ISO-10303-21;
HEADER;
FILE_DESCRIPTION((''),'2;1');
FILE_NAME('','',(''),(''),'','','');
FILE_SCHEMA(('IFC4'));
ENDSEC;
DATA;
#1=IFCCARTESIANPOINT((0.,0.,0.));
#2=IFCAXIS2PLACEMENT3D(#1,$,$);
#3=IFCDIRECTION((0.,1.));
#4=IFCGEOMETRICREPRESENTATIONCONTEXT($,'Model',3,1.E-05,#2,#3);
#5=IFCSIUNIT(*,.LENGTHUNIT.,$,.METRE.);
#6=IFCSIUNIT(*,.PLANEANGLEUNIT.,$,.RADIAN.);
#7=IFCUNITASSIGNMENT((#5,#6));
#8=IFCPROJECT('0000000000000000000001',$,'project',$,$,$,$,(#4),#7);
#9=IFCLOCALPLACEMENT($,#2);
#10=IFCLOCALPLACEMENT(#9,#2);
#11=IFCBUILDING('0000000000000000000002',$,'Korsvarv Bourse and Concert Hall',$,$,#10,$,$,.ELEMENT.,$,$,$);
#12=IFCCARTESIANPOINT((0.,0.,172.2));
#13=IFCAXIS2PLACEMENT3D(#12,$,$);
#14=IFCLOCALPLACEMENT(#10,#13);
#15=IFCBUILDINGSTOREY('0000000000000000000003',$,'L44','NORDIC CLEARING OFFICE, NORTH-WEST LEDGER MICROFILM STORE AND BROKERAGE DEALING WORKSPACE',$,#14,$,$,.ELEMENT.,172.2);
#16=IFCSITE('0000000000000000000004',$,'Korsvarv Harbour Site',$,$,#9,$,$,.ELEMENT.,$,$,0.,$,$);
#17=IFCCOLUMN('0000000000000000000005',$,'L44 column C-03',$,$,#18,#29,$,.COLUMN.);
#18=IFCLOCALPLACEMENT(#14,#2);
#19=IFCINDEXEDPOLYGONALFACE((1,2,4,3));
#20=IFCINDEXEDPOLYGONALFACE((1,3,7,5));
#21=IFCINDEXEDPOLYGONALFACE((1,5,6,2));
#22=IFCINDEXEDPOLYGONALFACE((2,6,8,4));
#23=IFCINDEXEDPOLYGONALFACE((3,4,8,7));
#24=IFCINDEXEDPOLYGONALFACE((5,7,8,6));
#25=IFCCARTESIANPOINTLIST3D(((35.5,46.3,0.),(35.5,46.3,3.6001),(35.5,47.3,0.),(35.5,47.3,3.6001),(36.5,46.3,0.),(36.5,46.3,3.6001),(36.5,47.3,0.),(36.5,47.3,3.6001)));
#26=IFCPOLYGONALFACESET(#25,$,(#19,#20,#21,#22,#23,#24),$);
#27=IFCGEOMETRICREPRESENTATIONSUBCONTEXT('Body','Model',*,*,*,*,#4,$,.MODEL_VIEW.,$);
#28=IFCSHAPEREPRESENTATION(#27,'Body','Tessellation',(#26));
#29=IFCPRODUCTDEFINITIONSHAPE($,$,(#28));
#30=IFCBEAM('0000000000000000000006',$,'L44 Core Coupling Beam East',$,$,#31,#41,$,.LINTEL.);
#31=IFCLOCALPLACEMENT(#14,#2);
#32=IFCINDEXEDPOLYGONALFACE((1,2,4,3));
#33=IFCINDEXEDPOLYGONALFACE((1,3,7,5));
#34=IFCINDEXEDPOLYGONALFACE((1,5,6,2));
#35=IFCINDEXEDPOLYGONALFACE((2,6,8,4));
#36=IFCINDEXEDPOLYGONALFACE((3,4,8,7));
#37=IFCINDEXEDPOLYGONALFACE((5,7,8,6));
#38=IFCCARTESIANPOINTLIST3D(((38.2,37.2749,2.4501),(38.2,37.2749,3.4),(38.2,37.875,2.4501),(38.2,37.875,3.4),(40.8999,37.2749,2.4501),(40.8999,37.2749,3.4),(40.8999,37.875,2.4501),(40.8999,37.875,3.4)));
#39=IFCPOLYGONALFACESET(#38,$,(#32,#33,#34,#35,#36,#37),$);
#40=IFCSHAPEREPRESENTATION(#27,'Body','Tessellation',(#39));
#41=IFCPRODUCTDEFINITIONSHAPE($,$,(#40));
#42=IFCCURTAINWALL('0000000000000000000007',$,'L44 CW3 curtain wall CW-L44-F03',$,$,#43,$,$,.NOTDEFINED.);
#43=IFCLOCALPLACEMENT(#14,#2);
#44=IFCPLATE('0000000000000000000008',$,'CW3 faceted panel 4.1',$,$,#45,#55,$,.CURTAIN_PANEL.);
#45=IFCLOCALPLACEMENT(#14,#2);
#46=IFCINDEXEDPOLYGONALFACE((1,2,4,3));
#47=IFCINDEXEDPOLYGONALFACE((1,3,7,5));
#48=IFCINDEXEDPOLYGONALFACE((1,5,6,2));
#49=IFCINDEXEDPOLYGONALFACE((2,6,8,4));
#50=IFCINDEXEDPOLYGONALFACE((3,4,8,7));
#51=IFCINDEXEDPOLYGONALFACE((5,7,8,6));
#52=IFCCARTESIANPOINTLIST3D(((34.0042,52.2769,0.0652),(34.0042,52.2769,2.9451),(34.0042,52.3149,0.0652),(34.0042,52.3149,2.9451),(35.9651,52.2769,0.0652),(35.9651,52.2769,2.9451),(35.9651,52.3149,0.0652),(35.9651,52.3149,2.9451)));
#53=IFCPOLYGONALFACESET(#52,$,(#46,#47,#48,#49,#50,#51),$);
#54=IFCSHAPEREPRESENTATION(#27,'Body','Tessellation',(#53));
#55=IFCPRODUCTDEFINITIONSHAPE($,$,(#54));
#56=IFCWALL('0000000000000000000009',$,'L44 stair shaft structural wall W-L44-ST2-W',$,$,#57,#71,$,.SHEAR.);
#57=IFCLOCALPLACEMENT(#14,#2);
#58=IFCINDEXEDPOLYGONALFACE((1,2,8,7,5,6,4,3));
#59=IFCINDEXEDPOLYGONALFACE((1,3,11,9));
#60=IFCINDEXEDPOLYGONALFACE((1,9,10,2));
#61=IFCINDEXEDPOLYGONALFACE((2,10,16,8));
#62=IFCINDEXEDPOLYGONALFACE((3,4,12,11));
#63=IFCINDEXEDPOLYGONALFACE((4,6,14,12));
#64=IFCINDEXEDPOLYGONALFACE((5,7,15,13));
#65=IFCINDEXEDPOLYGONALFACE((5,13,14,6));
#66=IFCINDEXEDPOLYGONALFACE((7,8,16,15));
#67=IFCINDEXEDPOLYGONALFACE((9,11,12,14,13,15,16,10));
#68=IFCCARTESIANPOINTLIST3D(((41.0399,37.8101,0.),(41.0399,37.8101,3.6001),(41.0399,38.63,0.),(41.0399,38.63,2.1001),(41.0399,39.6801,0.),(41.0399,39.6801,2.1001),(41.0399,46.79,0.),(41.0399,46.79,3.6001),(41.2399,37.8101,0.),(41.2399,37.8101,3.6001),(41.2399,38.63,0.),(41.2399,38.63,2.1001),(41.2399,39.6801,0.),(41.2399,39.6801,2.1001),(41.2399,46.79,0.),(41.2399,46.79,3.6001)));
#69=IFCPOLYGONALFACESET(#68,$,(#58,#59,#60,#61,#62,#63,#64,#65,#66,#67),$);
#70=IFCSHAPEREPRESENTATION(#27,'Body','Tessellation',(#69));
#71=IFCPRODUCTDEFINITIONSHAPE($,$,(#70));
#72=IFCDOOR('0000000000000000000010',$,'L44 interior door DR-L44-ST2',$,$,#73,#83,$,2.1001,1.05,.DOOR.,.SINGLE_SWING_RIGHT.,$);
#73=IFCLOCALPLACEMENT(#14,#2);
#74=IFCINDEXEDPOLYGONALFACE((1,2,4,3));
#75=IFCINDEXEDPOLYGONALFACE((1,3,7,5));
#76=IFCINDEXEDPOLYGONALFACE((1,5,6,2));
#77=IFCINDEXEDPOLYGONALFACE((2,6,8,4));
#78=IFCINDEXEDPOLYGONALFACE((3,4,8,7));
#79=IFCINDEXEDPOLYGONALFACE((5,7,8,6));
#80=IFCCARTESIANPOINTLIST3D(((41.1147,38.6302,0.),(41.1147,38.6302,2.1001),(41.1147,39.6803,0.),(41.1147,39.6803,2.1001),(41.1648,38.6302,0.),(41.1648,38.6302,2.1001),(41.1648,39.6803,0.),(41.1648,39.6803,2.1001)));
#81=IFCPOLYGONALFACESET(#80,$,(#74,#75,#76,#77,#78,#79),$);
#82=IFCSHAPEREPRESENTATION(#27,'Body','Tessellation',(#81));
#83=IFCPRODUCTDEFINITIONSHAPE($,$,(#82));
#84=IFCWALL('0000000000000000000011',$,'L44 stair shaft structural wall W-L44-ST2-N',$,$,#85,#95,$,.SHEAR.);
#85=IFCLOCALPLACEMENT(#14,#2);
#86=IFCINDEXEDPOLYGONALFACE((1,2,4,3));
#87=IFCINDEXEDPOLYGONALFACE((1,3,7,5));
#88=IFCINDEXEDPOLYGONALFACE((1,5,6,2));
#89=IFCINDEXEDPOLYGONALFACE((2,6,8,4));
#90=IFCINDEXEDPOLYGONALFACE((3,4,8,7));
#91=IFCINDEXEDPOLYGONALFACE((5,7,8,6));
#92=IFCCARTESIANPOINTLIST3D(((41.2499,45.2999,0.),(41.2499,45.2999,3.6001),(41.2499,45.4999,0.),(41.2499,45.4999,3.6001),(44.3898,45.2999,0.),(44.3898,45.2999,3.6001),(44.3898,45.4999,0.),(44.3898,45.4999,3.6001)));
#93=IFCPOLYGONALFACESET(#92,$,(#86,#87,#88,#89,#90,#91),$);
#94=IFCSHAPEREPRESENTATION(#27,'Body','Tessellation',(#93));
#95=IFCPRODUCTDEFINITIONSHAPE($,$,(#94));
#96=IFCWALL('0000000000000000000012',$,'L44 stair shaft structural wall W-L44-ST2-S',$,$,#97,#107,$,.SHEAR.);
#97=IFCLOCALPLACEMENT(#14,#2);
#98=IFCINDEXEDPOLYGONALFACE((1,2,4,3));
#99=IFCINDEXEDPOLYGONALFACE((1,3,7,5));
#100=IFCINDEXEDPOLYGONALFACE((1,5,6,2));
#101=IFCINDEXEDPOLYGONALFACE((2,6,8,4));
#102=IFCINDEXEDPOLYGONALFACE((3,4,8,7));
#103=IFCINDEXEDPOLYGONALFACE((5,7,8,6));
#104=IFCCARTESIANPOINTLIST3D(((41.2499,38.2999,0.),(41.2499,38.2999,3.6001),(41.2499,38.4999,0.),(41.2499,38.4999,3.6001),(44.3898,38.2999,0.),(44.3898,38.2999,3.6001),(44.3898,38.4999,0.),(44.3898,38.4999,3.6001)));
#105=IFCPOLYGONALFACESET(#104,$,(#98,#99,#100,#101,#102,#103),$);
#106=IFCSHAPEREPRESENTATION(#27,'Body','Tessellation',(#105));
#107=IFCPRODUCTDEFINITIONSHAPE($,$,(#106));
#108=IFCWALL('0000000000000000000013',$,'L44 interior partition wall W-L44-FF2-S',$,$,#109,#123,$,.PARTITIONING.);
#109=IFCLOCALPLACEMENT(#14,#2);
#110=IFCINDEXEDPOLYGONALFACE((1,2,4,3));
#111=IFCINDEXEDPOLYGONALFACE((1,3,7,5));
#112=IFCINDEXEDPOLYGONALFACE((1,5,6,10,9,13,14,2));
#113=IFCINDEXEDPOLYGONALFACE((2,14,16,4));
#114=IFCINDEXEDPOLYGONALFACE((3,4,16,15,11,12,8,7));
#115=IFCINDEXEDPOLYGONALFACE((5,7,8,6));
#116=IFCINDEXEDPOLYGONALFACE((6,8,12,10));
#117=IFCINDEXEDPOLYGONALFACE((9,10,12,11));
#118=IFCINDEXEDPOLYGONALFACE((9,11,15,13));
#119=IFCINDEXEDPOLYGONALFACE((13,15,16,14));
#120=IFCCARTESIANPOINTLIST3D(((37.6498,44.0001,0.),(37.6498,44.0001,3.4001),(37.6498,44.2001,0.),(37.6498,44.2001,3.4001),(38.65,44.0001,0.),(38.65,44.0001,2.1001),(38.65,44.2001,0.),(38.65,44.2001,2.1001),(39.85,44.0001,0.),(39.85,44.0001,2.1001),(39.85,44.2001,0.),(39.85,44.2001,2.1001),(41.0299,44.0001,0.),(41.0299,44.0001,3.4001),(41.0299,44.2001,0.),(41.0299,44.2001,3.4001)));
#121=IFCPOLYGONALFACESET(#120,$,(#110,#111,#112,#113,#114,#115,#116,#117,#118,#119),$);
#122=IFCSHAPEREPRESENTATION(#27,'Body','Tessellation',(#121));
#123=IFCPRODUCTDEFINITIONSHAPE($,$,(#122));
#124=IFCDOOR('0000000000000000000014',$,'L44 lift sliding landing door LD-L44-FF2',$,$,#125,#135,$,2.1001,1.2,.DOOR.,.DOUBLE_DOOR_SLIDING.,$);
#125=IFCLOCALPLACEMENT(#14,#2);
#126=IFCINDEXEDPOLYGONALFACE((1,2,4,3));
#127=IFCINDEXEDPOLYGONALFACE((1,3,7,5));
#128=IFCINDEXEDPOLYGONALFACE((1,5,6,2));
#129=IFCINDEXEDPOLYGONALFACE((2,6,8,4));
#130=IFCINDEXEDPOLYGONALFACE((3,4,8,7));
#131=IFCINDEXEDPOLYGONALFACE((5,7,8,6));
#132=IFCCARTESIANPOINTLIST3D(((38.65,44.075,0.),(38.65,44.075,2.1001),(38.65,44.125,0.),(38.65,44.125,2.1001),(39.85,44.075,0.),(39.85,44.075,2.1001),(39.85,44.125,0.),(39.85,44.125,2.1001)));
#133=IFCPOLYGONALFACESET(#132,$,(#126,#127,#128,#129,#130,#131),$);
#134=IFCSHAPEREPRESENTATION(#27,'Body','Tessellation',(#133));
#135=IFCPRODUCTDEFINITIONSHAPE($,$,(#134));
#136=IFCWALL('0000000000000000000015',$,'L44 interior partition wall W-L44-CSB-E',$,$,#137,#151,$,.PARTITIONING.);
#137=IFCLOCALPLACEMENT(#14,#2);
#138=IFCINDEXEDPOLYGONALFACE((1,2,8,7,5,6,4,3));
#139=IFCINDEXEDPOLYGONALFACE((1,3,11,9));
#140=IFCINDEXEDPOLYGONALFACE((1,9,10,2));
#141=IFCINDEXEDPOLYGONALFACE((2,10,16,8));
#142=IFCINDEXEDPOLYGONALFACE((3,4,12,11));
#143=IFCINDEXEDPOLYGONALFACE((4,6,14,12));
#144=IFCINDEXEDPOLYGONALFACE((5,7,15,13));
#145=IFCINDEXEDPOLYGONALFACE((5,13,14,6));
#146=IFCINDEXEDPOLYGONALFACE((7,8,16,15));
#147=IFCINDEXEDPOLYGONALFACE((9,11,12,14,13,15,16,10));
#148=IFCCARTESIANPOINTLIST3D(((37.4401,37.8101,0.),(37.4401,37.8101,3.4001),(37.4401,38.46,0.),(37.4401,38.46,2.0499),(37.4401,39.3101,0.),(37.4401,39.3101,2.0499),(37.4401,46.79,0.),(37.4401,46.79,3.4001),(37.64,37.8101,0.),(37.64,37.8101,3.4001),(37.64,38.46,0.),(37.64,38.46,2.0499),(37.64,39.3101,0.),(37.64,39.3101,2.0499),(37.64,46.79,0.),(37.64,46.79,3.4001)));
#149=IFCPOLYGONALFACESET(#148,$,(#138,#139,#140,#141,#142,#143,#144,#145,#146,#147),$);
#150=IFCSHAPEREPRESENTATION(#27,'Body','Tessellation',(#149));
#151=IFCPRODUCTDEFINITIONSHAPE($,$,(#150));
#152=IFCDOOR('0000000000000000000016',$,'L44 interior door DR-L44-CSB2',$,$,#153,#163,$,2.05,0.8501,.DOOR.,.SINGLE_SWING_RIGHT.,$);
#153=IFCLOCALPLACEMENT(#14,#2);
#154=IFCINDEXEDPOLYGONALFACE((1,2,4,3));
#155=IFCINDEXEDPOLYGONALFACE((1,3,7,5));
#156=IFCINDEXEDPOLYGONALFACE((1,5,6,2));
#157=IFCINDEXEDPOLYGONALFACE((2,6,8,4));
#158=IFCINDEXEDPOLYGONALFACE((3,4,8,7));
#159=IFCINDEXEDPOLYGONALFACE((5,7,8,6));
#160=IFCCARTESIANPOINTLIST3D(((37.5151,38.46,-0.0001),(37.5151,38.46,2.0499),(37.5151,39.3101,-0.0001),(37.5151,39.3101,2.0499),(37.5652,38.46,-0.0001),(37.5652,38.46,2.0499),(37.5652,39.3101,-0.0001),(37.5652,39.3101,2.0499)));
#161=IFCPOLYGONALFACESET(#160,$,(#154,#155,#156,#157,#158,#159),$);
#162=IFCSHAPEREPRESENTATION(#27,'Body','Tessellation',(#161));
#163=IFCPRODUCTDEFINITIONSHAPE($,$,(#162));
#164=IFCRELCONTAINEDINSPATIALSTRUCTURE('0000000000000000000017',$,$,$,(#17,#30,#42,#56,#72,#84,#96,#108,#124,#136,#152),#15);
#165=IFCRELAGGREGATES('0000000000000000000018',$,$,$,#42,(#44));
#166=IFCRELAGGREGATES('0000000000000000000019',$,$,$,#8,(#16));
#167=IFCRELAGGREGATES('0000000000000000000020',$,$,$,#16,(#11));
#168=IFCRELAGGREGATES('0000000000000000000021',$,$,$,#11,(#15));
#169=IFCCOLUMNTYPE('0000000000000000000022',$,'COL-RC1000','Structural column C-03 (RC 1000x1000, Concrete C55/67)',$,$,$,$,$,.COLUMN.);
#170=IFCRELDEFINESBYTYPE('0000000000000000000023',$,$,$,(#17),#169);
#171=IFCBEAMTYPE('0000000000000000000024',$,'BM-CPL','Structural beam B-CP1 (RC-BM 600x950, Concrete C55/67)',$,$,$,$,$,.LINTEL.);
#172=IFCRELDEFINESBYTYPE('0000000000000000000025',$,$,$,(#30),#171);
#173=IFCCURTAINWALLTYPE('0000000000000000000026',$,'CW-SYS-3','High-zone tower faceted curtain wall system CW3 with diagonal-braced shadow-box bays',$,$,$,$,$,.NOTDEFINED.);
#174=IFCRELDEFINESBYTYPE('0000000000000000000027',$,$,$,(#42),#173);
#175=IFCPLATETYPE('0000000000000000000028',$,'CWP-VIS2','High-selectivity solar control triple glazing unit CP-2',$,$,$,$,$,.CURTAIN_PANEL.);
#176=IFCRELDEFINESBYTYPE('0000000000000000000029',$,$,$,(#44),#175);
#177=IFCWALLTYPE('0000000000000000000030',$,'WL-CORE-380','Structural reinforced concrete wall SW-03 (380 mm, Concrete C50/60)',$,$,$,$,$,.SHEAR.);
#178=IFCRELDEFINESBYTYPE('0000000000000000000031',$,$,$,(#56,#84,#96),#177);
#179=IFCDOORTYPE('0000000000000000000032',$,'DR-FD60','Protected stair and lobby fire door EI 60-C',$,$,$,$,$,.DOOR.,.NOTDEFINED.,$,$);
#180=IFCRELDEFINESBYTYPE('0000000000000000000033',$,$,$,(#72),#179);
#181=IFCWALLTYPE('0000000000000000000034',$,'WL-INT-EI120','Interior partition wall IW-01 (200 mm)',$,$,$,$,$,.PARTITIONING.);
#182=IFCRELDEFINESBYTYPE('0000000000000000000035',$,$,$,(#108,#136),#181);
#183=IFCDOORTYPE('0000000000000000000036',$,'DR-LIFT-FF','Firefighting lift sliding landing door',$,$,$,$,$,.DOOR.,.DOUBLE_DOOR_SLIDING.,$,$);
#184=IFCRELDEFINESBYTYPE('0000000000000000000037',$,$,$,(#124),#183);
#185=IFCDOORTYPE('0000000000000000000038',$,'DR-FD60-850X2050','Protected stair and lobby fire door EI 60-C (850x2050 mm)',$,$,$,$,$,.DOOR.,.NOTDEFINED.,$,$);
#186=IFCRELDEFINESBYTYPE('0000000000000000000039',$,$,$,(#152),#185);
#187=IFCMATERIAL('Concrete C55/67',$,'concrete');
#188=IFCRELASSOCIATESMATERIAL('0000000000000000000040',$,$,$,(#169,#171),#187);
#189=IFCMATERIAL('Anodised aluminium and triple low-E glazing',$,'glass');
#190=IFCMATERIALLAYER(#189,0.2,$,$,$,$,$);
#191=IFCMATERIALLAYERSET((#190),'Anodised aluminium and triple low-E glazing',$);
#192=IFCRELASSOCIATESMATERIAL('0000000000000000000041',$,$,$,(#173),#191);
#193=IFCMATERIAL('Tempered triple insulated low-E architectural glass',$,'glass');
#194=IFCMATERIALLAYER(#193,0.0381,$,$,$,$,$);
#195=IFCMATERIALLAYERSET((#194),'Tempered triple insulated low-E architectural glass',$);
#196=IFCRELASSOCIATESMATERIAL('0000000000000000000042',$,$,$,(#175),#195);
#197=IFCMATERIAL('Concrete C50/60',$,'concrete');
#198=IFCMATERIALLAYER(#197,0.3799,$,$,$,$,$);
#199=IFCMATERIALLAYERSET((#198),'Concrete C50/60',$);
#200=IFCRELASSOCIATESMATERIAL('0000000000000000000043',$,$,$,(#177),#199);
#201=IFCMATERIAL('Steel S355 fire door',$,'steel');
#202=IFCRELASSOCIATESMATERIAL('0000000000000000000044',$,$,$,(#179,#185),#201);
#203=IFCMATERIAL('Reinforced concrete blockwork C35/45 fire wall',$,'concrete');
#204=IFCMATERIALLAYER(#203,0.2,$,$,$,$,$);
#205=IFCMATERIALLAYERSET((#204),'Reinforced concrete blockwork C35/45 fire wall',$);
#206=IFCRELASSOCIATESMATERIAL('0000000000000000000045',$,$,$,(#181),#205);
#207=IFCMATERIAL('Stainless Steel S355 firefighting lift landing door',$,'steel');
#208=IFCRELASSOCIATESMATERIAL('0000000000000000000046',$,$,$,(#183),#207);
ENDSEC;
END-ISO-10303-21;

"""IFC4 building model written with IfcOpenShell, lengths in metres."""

from ifc_helpers import new_model, si_unit, direction, frame, frame_2d, origin, origin_2d, place, context, subcontext, project, spatial, rectangle, extrude, source, transform, mapped, material, layer, layer_set, material_profile, profile_set, type_object, element, fill, aggregate, save


model = new_model("IFC4")

# Units and contexts
model_context = context("Model", 3, precision=1e-05, world=origin(), true_north=direction((0.0, 1.0)))
body_context = subcontext(model_context, "Body", "Model", "MODEL_VIEW")
ifc_project = project(units=[si_unit("LENGTHUNIT", "METRE"), si_unit("PLANEANGLEUNIT", "RADIAN")], contexts=[model_context])

# Site, building, storey
site_placement = place(None, origin())
site = spatial("IfcSite", under=ifc_project, at=site_placement, Name="Korsvarv Harbour Site", CompositionType="ELEMENT", RefElevation=0.0)
building_placement = place(site_placement, origin())
building = spatial("IfcBuilding", under=site, at=building_placement, Name="Korsvarv Bourse and Concert Hall", CompositionType="ELEMENT")
storey_placement = place(building_placement, frame((0.0, 0.0, 172.2)))
storey = spatial("IfcBuildingStorey", under=building, at=storey_placement, Name="L44", Description="NORDIC CLEARING OFFICE, NORTH-WEST LEDGER MICROFILM STORE AND BROKERAGE DEALING WORKSPACE", CompositionType="ELEMENT", Elevation=172.2)

# Column
ifc_material_1 = material(Name="Concrete C55/67", Category="concrete")
ifc_material_profile_1 = material_profile(ifc_material_1, rectangle(XDim=1.0, YDim=1.0, at=origin_2d()), Name="RC 1000x1000")
ifc_profile_set_1 = profile_set([ifc_material_profile_1], Name="Concrete C55/67")
column_type = type_object("IfcColumnType", Name="COL-RC1000", Description="Structural column C-03 (RC 1000x1000, Concrete C55/67)", PredefinedType="COLUMN", material=ifc_profile_set_1)
shared_shape_1 = source(origin(), body_context, "Body", "SweptSolid", [
    extrude(rectangle(XDim=1.0, YDim=1.0, at=origin_2d()), origin(), (0.0, 0.0, 1.0), 3.6001),
])
column_placement = place(storey_placement, frame((36.0, 46.8, 0.0), z_axis=(0.0, 0.0, 1.0), x_axis=(1.0, 0.0, 0.0)))
element("IfcColumn", 1, at=column_placement, inside=storey, type_object=column_type, Name="L44 column C-03", PredefinedType="COLUMN", context=body_context, shape_type="MappedRepresentation", body=[
    mapped(shared_shape_1, transform((0.0, 0.0, 0.0), scale=1.0)),
])

# Beam
ifc_material_profile_2 = material_profile(ifc_material_1, rectangle(XDim=0.6001, YDim=0.95, at=origin_2d()), Name="RC-BM 600x950")
ifc_profile_set_2 = profile_set([ifc_material_profile_2], Name="Concrete C55/67")
beam_type = type_object("IfcBeamType", Name="BM-CPL", Description="Structural beam B-CP1 (RC-BM 600x950, Concrete C55/67)", PredefinedType="LINTEL", material=ifc_profile_set_2)
shared_shape_2 = source(origin(), body_context, "Body", "SweptSolid", [
    extrude(rectangle(XDim=0.6001, YDim=0.95, at=origin_2d()), origin(), (0.0, 0.0, 1.0), 2.7),
])
beam_placement = place(storey_placement, frame((38.2, 37.575, 2.925), z_axis=(1.0, 0.0, 0.0), x_axis=(0.0, 1.0, 0.0)))
element("IfcBeam", 2, at=beam_placement, inside=storey, type_object=beam_type, Name="L44 Core Coupling Beam East", PredefinedType="LINTEL", context=body_context, shape_type="MappedRepresentation", body=[
    mapped(shared_shape_2, transform((0.0, 0.0, 0.0), scale=1.0)),
])

# Curtain wall, plate
ifc_material_2 = material(Name="Anodised aluminium and triple low-E glazing", Category="glass")
ifc_layer_1 = layer(ifc_material_2, 0.2)
ifc_layer_set_1 = layer_set([ifc_layer_1], Name="Anodised aluminium and triple low-E glazing")
curtain_wall_type = type_object("IfcCurtainWallType", Name="CW-SYS-3", Description="High-zone tower faceted curtain wall system CW3 with diagonal-braced shadow-box bays", PredefinedType="NOTDEFINED", material=ifc_layer_set_1)
curtain_wall_placement = place(storey_placement, origin())
curtain_wall = element("IfcCurtainWall", 3, at=curtain_wall_placement, inside=storey, type_object=curtain_wall_type, Name="L44 CW3 curtain wall CW-L44-F03", PredefinedType="NOTDEFINED")
ifc_material_3 = material(Name="Tempered triple insulated low-E architectural glass", Category="glass")
ifc_layer_2 = layer(ifc_material_3, 0.0381)
ifc_layer_set_2 = layer_set([ifc_layer_2], Name="Tempered triple insulated low-E architectural glass")
plate_type = type_object("IfcPlateType", Name="CWP-VIS2", Description="High-selectivity solar control triple glazing unit CP-2", PredefinedType="CURTAIN_PANEL", material=ifc_layer_set_2)
shared_shape_3 = source(origin(), body_context, "Body", "SweptSolid", [
    extrude(rectangle(XDim=1.9609, YDim=0.0381, at=origin_2d()), origin(), (0.0, 0.0, 1.0), 2.8799),
])
plate_placement = place(storey_placement, frame((34.9846, 52.2959, 0.0652), z_axis=(0.0, 0.0, 1.0), x_axis=(-1.0, 0.0, 0.0)))
plate = element("IfcPlate", 4, at=plate_placement, type_object=plate_type, Name="CW3 faceted panel 4.1", PredefinedType="CURTAIN_PANEL", context=body_context, shape_type="MappedRepresentation", body=[
    mapped(shared_shape_3, transform((0.0, 0.0, 0.0), scale=1.0)),
])
aggregate(curtain_wall, [plate])

# Wall, opening, door
ifc_material_4 = material(Name="Concrete C50/60", Category="concrete")
ifc_layer_3 = layer(ifc_material_4, 0.3799)
ifc_layer_set_3 = layer_set([ifc_layer_3], Name="Concrete C50/60")
wall_type_1 = type_object("IfcWallType", Name="WL-CORE-380", Description="Structural reinforced concrete wall SW-03 (380 mm, Concrete C50/60)", PredefinedType="SHEAR", material=ifc_layer_set_3)
wall_1_placement = place(storey_placement, frame((41.1399, 37.8101, 0.0), z_axis=(0.0, 0.0, 1.0), x_axis=(0.0, 1.0, 0.0)))
wall_1 = element("IfcWall", 5, at=wall_1_placement, inside=storey, type_object=wall_type_1, Name="L44 stair shaft structural wall W-L44-ST2-W", PredefinedType="SHEAR", context=body_context, shape_type="SweptSolid", body=[
    extrude(rectangle(XDim=8.98, YDim=0.2, at=frame_2d((4.49, 0.0))), origin(), (0.0, 0.0, 1.0), 3.6001),
])
opening_1_placement = place(wall_1_placement, frame((0.8201, 0.0, 0.0)))
opening_1 = element("IfcOpeningElement", 6, at=opening_1_placement, cuts=wall_1, PredefinedType="OPENING", context=body_context, shape_type="SweptSolid", body=[
    extrude(rectangle(XDim=1.05, YDim=2.1001, at=frame_2d((0.5249, 1.05))), frame((0.0, 0.1099, 0.0), z_axis=(0.0, -1.0, 0.0), x_axis=(1.0, 0.0, 0.0)), (0.0, 0.0, 1.0), 0.22),
])
ifc_material_5 = material(Name="Steel S355 fire door", Category="steel")
door_type_1 = type_object("IfcDoorType", Name="DR-FD60", Description="Protected stair and lobby fire door EI 60-C", OperationType="NOTDEFINED", PredefinedType="DOOR", material=ifc_material_5)
door_1_placement = place(opening_1_placement, frame((1.05, 0.0, 0.0), z_axis=(0.0, 0.0, 1.0), x_axis=(-1.0, 0.0, 0.0)))
door_1 = element("IfcDoor", 7, at=door_1_placement, inside=storey, type_object=door_type_1, Name="L44 interior door DR-L44-ST2", OperationType="SINGLE_SWING_RIGHT", OverallHeight=2.1001, OverallWidth=1.05, PredefinedType="DOOR", context=body_context, shape_type="SweptSolid", body=[
    extrude(rectangle(XDim=1.05, YDim=2.1001, at=frame_2d((0.5249, 1.05))), frame((0.0, 0.0249, 0.0), z_axis=(0.0, -1.0, 0.0), x_axis=(1.0, 0.0, 0.0)), (0.0, 0.0, 1.0), 0.05),
])
fill(opening_1, door_1)

# Walls
for number, where, z_axis, x_axis, name in (
    (8, (41.25, 45.3999, 0.0), (0.0, 0.0, 1.0), (1.0, 0.0, 0.0), "L44 stair shaft structural wall W-L44-ST2-N"),
    (9, (41.25, 38.3999, 0.0), (0.0, 0.0, 1.0), (1.0, 0.0, 0.0), "L44 stair shaft structural wall W-L44-ST2-S"),
):
    element("IfcWall", number, at=place(storey_placement, frame(where, z_axis=z_axis, x_axis=x_axis)), inside=storey, type_object=wall_type_1, Name=name, PredefinedType="SHEAR", context=body_context, shape_type="SweptSolid", body=[
        extrude(rectangle(XDim=3.1399, YDim=0.2, at=frame_2d((1.5698, 0.0))), origin(), (0.0, 0.0, 1.0), 3.6001),
    ])

# Walls, openings, doors
ifc_material_6 = material(Name="Reinforced concrete blockwork C35/45 fire wall", Category="concrete")
ifc_layer_4 = layer(ifc_material_6, 0.2)
ifc_layer_set_4 = layer_set([ifc_layer_4], Name="Reinforced concrete blockwork C35/45 fire wall")
wall_type_2 = type_object("IfcWallType", Name="WL-INT-EI120", Description="Interior partition wall IW-01 (200 mm)", PredefinedType="PARTITIONING", material=ifc_layer_set_4)
wall_2_placement = place(storey_placement, frame((37.6499, 44.1001, 0.0), z_axis=(0.0, 0.0, 1.0), x_axis=(1.0, 0.0, 0.0)))
wall_2 = element("IfcWall", 10, at=wall_2_placement, inside=storey, type_object=wall_type_2, Name="L44 interior partition wall W-L44-FF2-S", PredefinedType="PARTITIONING", context=body_context, shape_type="SweptSolid", body=[
    extrude(rectangle(XDim=3.3801, YDim=0.2, at=frame_2d((1.6899, 0.0))), origin(), (0.0, 0.0, 1.0), 3.4001),
])
opening_2_placement = place(wall_2_placement, frame((1.0, 0.0, 0.0)))
opening_2 = element("IfcOpeningElement", 11, at=opening_2_placement, cuts=wall_2, PredefinedType="OPENING", context=body_context, shape_type="SweptSolid", body=[
    extrude(rectangle(XDim=1.2, YDim=2.1001, at=frame_2d((0.6001, 1.05))), frame((0.0, 0.1099, 0.0), z_axis=(0.0, -1.0, 0.0), x_axis=(1.0, 0.0, 0.0)), (0.0, 0.0, 1.0), 0.22),
])
ifc_material_7 = material(Name="Stainless Steel S355 firefighting lift landing door", Category="steel")
door_type_2 = type_object("IfcDoorType", Name="DR-LIFT-FF", Description="Firefighting lift sliding landing door", OperationType="DOUBLE_DOOR_SLIDING", PredefinedType="DOOR", material=ifc_material_7)
door_2_placement = place(opening_2_placement, origin())
door_2 = element("IfcDoor", 12, at=door_2_placement, inside=storey, type_object=door_type_2, Name="L44 lift sliding landing door LD-L44-FF2", OperationType="DOUBLE_DOOR_SLIDING", OverallHeight=2.1001, OverallWidth=1.2, PredefinedType="DOOR", context=body_context, shape_type="SweptSolid", body=[
    extrude(rectangle(XDim=1.2, YDim=2.1001, at=frame_2d((0.6001, 1.05))), frame((0.0, 0.0249, 0.0), z_axis=(0.0, -1.0, 0.0), x_axis=(1.0, 0.0, 0.0)), (0.0, 0.0, 1.0), 0.05),
])
fill(opening_2, door_2)
wall_3_placement = place(storey_placement, frame((37.54, 37.8101, 0.0), z_axis=(0.0, 0.0, 1.0), x_axis=(0.0, 1.0, 0.0)))
wall_3 = element("IfcWall", 13, at=wall_3_placement, inside=storey, type_object=wall_type_2, Name="L44 interior partition wall W-L44-CSB-E", PredefinedType="PARTITIONING", context=body_context, shape_type="SweptSolid", body=[
    extrude(rectangle(XDim=8.98, YDim=0.2, at=frame_2d((4.49, 0.0))), origin(), (0.0, 0.0, 1.0), 3.4001),
])
opening_3_placement = place(wall_3_placement, frame((0.6499, 0.0, 0.0)))
opening_3 = element("IfcOpeningElement", 14, at=opening_3_placement, cuts=wall_3, PredefinedType="OPENING", context=body_context, shape_type="SweptSolid", body=[
    extrude(rectangle(XDim=0.8501, YDim=2.05, at=frame_2d((0.425, 1.0249))), frame((0.0, 0.1099, 0.0), z_axis=(0.0, -1.0, 0.0), x_axis=(1.0, 0.0, 0.0)), (0.0, 0.0, 1.0), 0.22),
])
door_type_3 = type_object("IfcDoorType", Name="DR-FD60-850X2050", Description="Protected stair and lobby fire door EI 60-C (850x2050 mm)", OperationType="NOTDEFINED", PredefinedType="DOOR", material=ifc_material_5)
door_3_placement = place(opening_3_placement, origin())
door_3 = element("IfcDoor", 15, at=door_3_placement, inside=storey, type_object=door_type_3, Name="L44 interior door DR-L44-CSB2", OperationType="SINGLE_SWING_RIGHT", OverallHeight=2.05, OverallWidth=0.8501, PredefinedType="DOOR", context=body_context, shape_type="SweptSolid", body=[
    extrude(rectangle(XDim=0.8501, YDim=2.05, at=frame_2d((0.425, 1.0249))), frame((0.0, 0.0249, 0.0), z_axis=(0.0, -1.0, 0.0), x_axis=(1.0, 0.0, 0.0)), (0.0, 0.0, 1.0), 0.05),
])
fill(opening_3, door_3)

save(model, "model.ifc")
